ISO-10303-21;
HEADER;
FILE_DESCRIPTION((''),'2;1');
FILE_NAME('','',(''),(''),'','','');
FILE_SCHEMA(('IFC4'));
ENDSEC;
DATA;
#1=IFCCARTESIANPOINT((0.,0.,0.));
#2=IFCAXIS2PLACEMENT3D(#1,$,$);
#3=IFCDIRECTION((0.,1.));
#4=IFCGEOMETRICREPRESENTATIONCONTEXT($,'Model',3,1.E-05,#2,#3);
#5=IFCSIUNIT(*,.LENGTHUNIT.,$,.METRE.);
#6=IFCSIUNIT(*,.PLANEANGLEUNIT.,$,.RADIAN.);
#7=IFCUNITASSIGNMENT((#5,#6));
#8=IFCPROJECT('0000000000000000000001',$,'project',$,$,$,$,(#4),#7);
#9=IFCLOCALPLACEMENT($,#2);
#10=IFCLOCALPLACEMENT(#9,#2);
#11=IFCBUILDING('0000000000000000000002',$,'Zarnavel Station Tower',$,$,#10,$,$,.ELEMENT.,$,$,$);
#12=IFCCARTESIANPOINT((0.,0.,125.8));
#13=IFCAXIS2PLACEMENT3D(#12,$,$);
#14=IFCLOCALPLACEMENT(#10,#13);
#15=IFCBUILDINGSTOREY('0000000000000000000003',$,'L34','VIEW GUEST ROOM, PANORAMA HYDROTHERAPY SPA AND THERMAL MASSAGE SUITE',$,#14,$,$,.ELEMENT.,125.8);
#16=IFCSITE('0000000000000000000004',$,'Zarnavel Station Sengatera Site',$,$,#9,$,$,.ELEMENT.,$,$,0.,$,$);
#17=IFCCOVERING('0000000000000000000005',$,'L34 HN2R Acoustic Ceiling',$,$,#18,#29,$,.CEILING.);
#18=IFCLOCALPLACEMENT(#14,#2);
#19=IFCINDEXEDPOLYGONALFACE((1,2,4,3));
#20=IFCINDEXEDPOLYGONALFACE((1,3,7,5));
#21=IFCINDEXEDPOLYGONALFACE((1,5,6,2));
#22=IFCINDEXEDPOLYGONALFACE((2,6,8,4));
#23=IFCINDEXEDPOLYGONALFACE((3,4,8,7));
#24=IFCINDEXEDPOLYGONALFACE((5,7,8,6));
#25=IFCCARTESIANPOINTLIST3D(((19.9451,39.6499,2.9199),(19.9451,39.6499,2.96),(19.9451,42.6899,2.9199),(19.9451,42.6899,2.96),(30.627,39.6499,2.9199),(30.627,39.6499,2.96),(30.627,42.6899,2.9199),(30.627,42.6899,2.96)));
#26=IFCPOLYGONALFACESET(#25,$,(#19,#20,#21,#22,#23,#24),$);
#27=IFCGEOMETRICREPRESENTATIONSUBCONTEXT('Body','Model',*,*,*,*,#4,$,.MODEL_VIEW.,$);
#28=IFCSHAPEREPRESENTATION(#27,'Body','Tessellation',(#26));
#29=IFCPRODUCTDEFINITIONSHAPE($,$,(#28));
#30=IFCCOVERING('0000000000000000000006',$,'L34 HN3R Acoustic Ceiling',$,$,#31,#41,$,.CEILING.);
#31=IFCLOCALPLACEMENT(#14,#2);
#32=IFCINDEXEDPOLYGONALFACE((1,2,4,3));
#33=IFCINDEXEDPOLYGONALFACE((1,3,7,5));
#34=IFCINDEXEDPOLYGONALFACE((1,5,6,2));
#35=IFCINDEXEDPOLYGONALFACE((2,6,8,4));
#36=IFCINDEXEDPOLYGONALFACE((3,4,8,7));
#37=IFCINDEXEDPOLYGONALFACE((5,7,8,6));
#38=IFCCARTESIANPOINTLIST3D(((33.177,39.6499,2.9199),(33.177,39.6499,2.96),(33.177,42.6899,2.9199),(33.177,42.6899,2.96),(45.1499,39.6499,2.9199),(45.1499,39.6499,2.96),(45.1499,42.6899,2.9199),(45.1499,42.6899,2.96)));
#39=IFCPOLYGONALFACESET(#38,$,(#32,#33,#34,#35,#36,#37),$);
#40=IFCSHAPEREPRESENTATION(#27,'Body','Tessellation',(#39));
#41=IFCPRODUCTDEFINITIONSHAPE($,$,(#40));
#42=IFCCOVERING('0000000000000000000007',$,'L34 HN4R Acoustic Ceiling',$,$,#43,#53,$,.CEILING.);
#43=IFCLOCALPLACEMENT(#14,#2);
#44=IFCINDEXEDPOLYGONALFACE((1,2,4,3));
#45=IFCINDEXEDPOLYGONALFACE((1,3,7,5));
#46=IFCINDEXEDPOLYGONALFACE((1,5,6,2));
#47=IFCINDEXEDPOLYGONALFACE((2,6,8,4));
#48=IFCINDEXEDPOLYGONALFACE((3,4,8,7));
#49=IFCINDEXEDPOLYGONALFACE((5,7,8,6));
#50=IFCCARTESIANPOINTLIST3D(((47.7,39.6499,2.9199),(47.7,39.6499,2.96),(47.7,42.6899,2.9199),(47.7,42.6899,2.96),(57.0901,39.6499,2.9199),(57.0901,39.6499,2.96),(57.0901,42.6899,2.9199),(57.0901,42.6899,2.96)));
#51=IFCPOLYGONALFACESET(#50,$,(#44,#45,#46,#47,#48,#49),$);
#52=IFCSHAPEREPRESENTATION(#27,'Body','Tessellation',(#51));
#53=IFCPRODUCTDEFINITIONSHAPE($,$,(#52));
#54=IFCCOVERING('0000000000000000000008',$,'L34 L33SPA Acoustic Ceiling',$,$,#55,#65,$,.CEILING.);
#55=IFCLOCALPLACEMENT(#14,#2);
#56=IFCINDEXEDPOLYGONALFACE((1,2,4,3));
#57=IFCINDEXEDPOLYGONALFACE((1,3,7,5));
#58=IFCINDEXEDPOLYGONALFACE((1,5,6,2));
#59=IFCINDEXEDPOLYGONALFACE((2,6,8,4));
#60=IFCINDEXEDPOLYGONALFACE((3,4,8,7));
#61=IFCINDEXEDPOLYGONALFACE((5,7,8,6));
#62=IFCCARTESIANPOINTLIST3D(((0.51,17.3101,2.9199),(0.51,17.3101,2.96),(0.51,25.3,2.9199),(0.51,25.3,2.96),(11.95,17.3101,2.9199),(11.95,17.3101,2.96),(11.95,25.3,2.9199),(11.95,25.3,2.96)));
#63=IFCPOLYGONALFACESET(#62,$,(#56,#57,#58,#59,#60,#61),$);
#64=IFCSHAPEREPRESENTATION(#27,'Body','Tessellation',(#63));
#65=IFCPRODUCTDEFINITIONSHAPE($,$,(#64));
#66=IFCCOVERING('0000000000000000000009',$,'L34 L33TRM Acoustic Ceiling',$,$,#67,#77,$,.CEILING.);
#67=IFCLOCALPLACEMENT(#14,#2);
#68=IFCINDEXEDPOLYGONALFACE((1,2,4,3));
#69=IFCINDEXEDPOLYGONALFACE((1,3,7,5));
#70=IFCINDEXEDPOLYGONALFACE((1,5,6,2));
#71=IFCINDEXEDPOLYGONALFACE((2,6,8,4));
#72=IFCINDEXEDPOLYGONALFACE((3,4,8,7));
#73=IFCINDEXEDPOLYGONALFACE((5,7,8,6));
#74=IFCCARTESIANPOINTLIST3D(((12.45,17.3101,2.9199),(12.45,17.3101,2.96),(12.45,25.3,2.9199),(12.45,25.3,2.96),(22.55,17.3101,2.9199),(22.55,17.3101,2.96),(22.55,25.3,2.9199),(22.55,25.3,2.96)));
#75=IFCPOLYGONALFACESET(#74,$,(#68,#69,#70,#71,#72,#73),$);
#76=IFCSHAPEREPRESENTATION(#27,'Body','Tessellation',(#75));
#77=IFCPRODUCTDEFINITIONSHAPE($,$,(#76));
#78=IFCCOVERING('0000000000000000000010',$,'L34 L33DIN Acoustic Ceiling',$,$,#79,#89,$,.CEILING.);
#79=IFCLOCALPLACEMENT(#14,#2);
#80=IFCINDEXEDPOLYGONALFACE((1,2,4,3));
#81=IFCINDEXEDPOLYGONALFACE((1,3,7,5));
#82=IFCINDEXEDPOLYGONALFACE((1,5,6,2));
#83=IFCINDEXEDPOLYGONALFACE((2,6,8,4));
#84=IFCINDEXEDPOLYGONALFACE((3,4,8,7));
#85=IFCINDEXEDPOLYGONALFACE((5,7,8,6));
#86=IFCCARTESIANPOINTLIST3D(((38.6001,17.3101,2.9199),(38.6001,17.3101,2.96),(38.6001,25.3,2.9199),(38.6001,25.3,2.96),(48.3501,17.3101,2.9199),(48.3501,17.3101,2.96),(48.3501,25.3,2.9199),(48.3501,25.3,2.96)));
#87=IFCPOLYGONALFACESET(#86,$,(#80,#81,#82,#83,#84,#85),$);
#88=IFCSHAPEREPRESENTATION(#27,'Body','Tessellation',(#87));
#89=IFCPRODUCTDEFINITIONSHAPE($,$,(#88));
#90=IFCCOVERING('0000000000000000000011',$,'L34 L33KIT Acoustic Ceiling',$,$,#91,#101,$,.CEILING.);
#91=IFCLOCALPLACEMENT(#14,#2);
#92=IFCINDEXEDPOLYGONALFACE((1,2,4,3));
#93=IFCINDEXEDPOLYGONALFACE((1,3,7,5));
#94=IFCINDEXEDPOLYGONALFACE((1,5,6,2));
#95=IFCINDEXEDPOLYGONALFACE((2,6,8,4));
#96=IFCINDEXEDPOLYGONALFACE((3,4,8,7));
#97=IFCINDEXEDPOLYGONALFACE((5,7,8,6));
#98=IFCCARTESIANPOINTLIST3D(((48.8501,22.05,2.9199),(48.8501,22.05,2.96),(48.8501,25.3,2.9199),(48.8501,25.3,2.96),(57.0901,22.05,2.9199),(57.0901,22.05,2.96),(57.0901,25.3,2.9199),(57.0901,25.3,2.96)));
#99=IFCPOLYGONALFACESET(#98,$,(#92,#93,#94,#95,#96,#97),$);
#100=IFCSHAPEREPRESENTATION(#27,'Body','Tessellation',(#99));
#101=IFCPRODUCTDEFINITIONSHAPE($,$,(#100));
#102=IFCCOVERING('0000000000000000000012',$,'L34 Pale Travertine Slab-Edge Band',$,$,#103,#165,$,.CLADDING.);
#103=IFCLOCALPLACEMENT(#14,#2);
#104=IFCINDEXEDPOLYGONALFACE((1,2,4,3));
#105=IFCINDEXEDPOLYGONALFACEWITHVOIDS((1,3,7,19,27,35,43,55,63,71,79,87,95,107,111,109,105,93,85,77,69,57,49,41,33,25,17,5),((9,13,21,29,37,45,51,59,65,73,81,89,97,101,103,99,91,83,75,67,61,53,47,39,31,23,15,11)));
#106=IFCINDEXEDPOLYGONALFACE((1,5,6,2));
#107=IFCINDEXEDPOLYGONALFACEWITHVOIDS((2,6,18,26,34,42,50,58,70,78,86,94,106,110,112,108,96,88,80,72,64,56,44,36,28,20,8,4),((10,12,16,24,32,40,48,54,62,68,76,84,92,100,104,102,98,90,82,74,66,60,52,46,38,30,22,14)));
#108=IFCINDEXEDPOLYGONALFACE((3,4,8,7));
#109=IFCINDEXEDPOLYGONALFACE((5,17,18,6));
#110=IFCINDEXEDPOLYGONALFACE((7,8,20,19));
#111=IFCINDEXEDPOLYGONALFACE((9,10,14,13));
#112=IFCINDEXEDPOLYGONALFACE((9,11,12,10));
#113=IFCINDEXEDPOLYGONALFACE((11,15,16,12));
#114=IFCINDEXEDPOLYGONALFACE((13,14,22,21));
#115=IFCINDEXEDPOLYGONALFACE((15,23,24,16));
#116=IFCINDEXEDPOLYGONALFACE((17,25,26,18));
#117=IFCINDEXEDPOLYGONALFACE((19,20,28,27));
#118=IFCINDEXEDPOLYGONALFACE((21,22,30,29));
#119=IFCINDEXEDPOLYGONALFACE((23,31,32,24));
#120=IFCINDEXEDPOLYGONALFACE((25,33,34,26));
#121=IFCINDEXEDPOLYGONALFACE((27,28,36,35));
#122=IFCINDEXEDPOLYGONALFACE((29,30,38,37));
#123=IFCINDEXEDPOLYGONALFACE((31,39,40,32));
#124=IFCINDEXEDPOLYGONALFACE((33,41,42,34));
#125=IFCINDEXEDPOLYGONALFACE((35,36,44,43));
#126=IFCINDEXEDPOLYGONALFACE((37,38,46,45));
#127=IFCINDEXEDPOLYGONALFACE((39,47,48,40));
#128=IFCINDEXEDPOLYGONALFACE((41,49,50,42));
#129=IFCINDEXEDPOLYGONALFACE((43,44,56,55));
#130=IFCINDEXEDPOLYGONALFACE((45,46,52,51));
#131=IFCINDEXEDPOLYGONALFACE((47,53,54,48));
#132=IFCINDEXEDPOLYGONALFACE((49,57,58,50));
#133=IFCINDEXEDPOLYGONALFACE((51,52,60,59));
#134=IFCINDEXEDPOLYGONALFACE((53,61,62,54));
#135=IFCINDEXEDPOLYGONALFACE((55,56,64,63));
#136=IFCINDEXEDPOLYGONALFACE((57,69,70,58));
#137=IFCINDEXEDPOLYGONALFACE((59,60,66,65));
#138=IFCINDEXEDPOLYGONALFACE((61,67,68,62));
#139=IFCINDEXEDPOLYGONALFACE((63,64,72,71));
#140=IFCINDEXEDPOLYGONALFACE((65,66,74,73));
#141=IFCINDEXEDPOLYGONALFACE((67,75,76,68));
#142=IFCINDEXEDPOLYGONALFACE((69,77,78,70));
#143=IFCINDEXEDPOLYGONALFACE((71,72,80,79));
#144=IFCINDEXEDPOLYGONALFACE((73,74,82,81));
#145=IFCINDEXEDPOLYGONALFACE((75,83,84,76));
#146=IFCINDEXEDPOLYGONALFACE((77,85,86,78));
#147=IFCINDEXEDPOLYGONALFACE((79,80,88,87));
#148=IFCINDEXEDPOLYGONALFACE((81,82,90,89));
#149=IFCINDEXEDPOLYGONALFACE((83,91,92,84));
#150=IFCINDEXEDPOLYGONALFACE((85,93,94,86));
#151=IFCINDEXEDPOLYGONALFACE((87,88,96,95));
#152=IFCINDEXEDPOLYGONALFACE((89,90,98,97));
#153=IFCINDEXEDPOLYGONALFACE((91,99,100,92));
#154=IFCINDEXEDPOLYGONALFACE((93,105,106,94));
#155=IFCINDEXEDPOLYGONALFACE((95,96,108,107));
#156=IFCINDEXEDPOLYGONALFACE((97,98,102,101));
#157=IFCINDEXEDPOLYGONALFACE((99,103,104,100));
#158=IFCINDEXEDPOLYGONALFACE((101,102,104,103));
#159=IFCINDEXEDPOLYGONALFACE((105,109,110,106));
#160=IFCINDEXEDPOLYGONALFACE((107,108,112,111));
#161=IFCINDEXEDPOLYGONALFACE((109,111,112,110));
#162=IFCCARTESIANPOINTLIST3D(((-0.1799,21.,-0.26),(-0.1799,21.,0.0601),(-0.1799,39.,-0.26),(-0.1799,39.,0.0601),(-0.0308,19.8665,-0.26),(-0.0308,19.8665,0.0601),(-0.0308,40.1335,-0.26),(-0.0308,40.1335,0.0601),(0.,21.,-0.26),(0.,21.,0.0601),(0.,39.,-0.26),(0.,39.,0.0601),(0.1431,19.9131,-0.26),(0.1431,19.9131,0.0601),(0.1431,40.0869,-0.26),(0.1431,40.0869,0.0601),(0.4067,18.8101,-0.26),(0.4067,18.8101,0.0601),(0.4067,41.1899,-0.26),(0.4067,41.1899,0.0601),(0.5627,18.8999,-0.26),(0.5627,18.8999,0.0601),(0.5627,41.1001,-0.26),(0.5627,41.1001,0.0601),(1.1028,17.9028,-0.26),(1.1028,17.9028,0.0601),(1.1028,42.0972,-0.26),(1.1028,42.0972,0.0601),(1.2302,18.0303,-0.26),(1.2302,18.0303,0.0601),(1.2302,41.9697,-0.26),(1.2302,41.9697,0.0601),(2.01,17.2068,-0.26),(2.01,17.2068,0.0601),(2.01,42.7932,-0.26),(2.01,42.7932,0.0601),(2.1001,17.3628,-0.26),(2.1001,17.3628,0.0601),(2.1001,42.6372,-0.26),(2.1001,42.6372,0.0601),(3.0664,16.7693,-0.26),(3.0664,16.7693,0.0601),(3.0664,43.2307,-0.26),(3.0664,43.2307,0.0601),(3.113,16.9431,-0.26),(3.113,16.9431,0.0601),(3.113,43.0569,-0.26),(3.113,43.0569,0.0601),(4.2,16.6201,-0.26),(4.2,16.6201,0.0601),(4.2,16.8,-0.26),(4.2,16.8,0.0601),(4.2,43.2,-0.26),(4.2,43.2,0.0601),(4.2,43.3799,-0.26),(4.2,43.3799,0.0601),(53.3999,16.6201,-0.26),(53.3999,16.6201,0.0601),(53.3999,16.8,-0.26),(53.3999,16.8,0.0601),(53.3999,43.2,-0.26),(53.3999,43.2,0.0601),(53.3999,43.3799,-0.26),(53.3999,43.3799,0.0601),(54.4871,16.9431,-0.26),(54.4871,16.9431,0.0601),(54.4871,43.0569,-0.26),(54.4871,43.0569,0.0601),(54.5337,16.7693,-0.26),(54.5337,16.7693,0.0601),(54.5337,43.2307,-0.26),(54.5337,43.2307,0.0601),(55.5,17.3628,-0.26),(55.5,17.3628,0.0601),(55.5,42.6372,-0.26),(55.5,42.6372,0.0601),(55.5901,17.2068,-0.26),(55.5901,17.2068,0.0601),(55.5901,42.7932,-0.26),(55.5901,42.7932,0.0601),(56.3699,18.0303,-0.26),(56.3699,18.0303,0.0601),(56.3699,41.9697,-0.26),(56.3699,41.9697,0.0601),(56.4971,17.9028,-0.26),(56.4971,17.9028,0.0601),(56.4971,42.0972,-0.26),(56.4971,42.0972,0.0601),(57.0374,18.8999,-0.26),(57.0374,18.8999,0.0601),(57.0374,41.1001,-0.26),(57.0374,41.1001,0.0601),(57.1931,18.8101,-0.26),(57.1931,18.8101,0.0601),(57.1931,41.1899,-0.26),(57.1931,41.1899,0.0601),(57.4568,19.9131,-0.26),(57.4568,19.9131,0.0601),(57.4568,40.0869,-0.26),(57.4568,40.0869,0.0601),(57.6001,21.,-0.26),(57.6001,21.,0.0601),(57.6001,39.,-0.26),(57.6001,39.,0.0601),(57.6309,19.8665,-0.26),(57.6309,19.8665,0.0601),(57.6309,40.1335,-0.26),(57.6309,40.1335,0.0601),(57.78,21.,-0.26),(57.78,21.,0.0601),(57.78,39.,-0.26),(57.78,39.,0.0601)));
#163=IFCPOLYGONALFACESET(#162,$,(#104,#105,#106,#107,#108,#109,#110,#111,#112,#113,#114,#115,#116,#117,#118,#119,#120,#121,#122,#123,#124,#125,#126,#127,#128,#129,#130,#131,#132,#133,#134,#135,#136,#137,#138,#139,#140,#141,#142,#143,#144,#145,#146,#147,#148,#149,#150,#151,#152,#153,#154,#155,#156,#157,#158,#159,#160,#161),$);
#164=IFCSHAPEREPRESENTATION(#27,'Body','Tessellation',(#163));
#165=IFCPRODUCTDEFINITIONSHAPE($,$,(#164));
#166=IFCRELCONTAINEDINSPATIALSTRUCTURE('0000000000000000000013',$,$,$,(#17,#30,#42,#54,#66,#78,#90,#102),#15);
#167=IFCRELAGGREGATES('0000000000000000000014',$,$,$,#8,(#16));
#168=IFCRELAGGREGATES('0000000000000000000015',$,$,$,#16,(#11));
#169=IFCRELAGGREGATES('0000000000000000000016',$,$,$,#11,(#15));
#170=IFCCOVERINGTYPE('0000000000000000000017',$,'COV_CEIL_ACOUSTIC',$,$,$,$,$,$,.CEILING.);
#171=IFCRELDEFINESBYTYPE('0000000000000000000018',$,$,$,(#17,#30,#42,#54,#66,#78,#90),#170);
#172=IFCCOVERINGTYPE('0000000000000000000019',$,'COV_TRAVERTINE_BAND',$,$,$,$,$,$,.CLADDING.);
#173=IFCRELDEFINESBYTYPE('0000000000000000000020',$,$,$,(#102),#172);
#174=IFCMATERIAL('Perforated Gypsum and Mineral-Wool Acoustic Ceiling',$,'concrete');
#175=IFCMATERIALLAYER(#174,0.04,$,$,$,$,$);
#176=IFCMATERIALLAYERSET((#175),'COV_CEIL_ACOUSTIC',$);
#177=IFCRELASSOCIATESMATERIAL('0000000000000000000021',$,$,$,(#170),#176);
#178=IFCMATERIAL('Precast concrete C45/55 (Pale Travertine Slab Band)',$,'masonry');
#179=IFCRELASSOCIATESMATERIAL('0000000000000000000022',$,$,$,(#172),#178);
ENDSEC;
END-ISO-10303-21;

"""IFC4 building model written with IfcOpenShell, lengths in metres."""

from ifc_helpers import new_model, si_unit, direction, frame, origin, place, context, subcontext, project, spatial, polyline, outline, extrude, material, layer, layer_set, type_object, element, save


model = new_model("IFC4")

# Units and contexts
model_context = context("Model", 3, precision=1e-05, world=origin(), true_north=direction((0.0, 1.0)))
body_context = subcontext(model_context, "Body", "Model", "MODEL_VIEW")
ifc_project = project(units=[si_unit("LENGTHUNIT", "METRE"), si_unit("PLANEANGLEUNIT", "RADIAN")], contexts=[model_context])

# Site, building, storey
site_placement = place(None, origin())
site = spatial("IfcSite", under=ifc_project, at=site_placement, Name="Zarnavel Station Sengatera Site", CompositionType="ELEMENT", RefElevation=0.0)
building_placement = place(site_placement, origin())
building = spatial("IfcBuilding", under=site, at=building_placement, Name="Zarnavel Station Tower", CompositionType="ELEMENT")
storey_placement = place(building_placement, frame((0.0, 0.0, 125.8)))
storey = spatial("IfcBuildingStorey", under=building, at=storey_placement, Name="L34", Description="VIEW GUEST ROOM, PANORAMA HYDROTHERAPY SPA AND THERMAL MASSAGE SUITE", CompositionType="ELEMENT", Elevation=125.8)

# Coverings
ifc_material_1 = material(Name="Perforated Gypsum and Mineral-Wool Acoustic Ceiling", Category="concrete")
ifc_layer_1 = layer(ifc_material_1, 0.04)
ifc_layer_set_1 = layer_set([ifc_layer_1], Name="COV_CEIL_ACOUSTIC")
covering_type_1 = type_object("IfcCoveringType", Name="COV_CEIL_ACOUSTIC", PredefinedType="CEILING", material=ifc_layer_set_1)
covering_1_placement = place(storey_placement, frame((0.0, 0.0, 2.9199)))
element("IfcCovering", 1, at=covering_1_placement, inside=storey, type_object=covering_type_1, Name="L34 HN2R Acoustic Ceiling", PredefinedType="CEILING", context=body_context, shape_type="SweptSolid", body=[
    extrude(outline(polyline([(19.9451, 39.6499), (30.627, 39.6499), (30.627, 42.6899), (19.9451, 42.6899), (19.9451, 39.6499)])), origin(), (0.0, 0.0, 1.0), 0.04),
])
covering_2_placement = place(storey_placement, frame((0.0, 0.0, 2.9199)))
element("IfcCovering", 2, at=covering_2_placement, inside=storey, type_object=covering_type_1, Name="L34 HN3R Acoustic Ceiling", PredefinedType="CEILING", context=body_context, shape_type="SweptSolid", body=[
    extrude(outline(polyline([(33.177, 39.6499), (45.1499, 39.6499), (45.1499, 42.6899), (33.177, 42.6899), (33.177, 39.6499)])), origin(), (0.0, 0.0, 1.0), 0.04),
])
covering_3_placement = place(storey_placement, frame((0.0, 0.0, 2.9199)))
element("IfcCovering", 3, at=covering_3_placement, inside=storey, type_object=covering_type_1, Name="L34 HN4R Acoustic Ceiling", PredefinedType="CEILING", context=body_context, shape_type="SweptSolid", body=[
    extrude(outline(polyline([(47.7, 39.6499), (57.0901, 39.6499), (57.0901, 42.6899), (47.7, 42.6899), (47.7, 39.6499)])), origin(), (0.0, 0.0, 1.0), 0.04),
])
covering_4_placement = place(storey_placement, frame((0.0, 0.0, 2.9199)))
element("IfcCovering", 4, at=covering_4_placement, inside=storey, type_object=covering_type_1, Name="L34 L33SPA Acoustic Ceiling", PredefinedType="CEILING", context=body_context, shape_type="SweptSolid", body=[
    extrude(outline(polyline([(0.51, 17.3101), (11.95, 17.3101), (11.95, 25.3), (0.51, 25.3), (0.51, 17.3101)])), origin(), (0.0, 0.0, 1.0), 0.04),
])
covering_5_placement = place(storey_placement, frame((0.0, 0.0, 2.9199)))
element("IfcCovering", 5, at=covering_5_placement, inside=storey, type_object=covering_type_1, Name="L34 L33TRM Acoustic Ceiling", PredefinedType="CEILING", context=body_context, shape_type="SweptSolid", body=[
    extrude(outline(polyline([(12.45, 17.3101), (22.55, 17.3101), (22.55, 25.3), (12.45, 25.3), (12.45, 17.3101)])), origin(), (0.0, 0.0, 1.0), 0.04),
])
covering_6_placement = place(storey_placement, frame((0.0, 0.0, 2.9199)))
element("IfcCovering", 6, at=covering_6_placement, inside=storey, type_object=covering_type_1, Name="L34 L33DIN Acoustic Ceiling", PredefinedType="CEILING", context=body_context, shape_type="SweptSolid", body=[
    extrude(outline(polyline([(38.6001, 17.3101), (48.3501, 17.3101), (48.3501, 25.3), (38.6001, 25.3), (38.6001, 17.3101)])), origin(), (0.0, 0.0, 1.0), 0.04),
])
covering_7_placement = place(storey_placement, frame((0.0, 0.0, 2.9199)))
element("IfcCovering", 7, at=covering_7_placement, inside=storey, type_object=covering_type_1, Name="L34 L33KIT Acoustic Ceiling", PredefinedType="CEILING", context=body_context, shape_type="SweptSolid", body=[
    extrude(outline(polyline([(48.8501, 22.05), (57.0901, 22.05), (57.0901, 25.3), (48.8501, 25.3), (48.8501, 22.05)])), origin(), (0.0, 0.0, 1.0), 0.04),
])
ifc_material_2 = material(Name="Precast concrete C45/55 (Pale Travertine Slab Band)", Category="masonry")
covering_type_2 = type_object("IfcCoveringType", Name="COV_TRAVERTINE_BAND", PredefinedType="CLADDING", material=ifc_material_2)
covering_8_placement = place(storey_placement, frame((0.0, 0.0, -0.26)))
element("IfcCovering", 8, at=covering_8_placement, inside=storey, type_object=covering_type_2, Name="L34 Pale Travertine Slab-Edge Band", PredefinedType="CLADDING", context=body_context, shape_type="SweptSolid", body=[
    extrude(outline(polyline([(53.3999, 16.6201), (54.5337, 16.7693), (55.5901, 17.2068), (56.4971, 17.9028), (57.1931, 18.8101), (57.6309, 19.8665), (57.78, 21.0), (57.78, 39.0), (57.6309, 40.1335), (57.1931, 41.1899), (56.4971, 42.0972), (55.5901, 42.7932), (54.5337, 43.2307), (53.3999, 43.3799), (4.2, 43.3799), (3.0664, 43.2307), (2.01, 42.7932), (1.1028, 42.0972), (0.4067, 41.1899), (-0.0308, 40.1335), (-0.1799, 39.0), (-0.1799, 21.0), (-0.0308, 19.8665), (0.4067, 18.8101), (1.1028, 17.9028), (2.01, 17.2068), (3.0664, 16.7693), (4.2, 16.6201), (53.3999, 16.6201)]), holes=[polyline([(53.3999, 16.8), (54.4871, 16.9431), (55.5, 17.3628), (56.3699, 18.0303), (57.0374, 18.8999), (57.4568, 19.9131), (57.6001, 21.0), (57.6001, 39.0), (57.4568, 40.0869), (57.0374, 41.1001), (56.3699, 41.9697), (55.5, 42.6372), (54.4871, 43.0569), (53.3999, 43.2), (4.2, 43.2), (3.113, 43.0569), (2.1001, 42.6372), (1.2302, 41.9697), (0.5627, 41.1001), (0.1431, 40.0869), (0.0, 39.0), (0.0, 21.0), (0.1431, 19.9131), (0.5627, 18.8999), (1.2302, 18.0303), (2.1001, 17.3628), (3.113, 16.9431), (4.2, 16.8), (53.3999, 16.8)])]), origin(), (0.0, 0.0, 1.0), 0.3201),
])

save(model, "model.ifc")
